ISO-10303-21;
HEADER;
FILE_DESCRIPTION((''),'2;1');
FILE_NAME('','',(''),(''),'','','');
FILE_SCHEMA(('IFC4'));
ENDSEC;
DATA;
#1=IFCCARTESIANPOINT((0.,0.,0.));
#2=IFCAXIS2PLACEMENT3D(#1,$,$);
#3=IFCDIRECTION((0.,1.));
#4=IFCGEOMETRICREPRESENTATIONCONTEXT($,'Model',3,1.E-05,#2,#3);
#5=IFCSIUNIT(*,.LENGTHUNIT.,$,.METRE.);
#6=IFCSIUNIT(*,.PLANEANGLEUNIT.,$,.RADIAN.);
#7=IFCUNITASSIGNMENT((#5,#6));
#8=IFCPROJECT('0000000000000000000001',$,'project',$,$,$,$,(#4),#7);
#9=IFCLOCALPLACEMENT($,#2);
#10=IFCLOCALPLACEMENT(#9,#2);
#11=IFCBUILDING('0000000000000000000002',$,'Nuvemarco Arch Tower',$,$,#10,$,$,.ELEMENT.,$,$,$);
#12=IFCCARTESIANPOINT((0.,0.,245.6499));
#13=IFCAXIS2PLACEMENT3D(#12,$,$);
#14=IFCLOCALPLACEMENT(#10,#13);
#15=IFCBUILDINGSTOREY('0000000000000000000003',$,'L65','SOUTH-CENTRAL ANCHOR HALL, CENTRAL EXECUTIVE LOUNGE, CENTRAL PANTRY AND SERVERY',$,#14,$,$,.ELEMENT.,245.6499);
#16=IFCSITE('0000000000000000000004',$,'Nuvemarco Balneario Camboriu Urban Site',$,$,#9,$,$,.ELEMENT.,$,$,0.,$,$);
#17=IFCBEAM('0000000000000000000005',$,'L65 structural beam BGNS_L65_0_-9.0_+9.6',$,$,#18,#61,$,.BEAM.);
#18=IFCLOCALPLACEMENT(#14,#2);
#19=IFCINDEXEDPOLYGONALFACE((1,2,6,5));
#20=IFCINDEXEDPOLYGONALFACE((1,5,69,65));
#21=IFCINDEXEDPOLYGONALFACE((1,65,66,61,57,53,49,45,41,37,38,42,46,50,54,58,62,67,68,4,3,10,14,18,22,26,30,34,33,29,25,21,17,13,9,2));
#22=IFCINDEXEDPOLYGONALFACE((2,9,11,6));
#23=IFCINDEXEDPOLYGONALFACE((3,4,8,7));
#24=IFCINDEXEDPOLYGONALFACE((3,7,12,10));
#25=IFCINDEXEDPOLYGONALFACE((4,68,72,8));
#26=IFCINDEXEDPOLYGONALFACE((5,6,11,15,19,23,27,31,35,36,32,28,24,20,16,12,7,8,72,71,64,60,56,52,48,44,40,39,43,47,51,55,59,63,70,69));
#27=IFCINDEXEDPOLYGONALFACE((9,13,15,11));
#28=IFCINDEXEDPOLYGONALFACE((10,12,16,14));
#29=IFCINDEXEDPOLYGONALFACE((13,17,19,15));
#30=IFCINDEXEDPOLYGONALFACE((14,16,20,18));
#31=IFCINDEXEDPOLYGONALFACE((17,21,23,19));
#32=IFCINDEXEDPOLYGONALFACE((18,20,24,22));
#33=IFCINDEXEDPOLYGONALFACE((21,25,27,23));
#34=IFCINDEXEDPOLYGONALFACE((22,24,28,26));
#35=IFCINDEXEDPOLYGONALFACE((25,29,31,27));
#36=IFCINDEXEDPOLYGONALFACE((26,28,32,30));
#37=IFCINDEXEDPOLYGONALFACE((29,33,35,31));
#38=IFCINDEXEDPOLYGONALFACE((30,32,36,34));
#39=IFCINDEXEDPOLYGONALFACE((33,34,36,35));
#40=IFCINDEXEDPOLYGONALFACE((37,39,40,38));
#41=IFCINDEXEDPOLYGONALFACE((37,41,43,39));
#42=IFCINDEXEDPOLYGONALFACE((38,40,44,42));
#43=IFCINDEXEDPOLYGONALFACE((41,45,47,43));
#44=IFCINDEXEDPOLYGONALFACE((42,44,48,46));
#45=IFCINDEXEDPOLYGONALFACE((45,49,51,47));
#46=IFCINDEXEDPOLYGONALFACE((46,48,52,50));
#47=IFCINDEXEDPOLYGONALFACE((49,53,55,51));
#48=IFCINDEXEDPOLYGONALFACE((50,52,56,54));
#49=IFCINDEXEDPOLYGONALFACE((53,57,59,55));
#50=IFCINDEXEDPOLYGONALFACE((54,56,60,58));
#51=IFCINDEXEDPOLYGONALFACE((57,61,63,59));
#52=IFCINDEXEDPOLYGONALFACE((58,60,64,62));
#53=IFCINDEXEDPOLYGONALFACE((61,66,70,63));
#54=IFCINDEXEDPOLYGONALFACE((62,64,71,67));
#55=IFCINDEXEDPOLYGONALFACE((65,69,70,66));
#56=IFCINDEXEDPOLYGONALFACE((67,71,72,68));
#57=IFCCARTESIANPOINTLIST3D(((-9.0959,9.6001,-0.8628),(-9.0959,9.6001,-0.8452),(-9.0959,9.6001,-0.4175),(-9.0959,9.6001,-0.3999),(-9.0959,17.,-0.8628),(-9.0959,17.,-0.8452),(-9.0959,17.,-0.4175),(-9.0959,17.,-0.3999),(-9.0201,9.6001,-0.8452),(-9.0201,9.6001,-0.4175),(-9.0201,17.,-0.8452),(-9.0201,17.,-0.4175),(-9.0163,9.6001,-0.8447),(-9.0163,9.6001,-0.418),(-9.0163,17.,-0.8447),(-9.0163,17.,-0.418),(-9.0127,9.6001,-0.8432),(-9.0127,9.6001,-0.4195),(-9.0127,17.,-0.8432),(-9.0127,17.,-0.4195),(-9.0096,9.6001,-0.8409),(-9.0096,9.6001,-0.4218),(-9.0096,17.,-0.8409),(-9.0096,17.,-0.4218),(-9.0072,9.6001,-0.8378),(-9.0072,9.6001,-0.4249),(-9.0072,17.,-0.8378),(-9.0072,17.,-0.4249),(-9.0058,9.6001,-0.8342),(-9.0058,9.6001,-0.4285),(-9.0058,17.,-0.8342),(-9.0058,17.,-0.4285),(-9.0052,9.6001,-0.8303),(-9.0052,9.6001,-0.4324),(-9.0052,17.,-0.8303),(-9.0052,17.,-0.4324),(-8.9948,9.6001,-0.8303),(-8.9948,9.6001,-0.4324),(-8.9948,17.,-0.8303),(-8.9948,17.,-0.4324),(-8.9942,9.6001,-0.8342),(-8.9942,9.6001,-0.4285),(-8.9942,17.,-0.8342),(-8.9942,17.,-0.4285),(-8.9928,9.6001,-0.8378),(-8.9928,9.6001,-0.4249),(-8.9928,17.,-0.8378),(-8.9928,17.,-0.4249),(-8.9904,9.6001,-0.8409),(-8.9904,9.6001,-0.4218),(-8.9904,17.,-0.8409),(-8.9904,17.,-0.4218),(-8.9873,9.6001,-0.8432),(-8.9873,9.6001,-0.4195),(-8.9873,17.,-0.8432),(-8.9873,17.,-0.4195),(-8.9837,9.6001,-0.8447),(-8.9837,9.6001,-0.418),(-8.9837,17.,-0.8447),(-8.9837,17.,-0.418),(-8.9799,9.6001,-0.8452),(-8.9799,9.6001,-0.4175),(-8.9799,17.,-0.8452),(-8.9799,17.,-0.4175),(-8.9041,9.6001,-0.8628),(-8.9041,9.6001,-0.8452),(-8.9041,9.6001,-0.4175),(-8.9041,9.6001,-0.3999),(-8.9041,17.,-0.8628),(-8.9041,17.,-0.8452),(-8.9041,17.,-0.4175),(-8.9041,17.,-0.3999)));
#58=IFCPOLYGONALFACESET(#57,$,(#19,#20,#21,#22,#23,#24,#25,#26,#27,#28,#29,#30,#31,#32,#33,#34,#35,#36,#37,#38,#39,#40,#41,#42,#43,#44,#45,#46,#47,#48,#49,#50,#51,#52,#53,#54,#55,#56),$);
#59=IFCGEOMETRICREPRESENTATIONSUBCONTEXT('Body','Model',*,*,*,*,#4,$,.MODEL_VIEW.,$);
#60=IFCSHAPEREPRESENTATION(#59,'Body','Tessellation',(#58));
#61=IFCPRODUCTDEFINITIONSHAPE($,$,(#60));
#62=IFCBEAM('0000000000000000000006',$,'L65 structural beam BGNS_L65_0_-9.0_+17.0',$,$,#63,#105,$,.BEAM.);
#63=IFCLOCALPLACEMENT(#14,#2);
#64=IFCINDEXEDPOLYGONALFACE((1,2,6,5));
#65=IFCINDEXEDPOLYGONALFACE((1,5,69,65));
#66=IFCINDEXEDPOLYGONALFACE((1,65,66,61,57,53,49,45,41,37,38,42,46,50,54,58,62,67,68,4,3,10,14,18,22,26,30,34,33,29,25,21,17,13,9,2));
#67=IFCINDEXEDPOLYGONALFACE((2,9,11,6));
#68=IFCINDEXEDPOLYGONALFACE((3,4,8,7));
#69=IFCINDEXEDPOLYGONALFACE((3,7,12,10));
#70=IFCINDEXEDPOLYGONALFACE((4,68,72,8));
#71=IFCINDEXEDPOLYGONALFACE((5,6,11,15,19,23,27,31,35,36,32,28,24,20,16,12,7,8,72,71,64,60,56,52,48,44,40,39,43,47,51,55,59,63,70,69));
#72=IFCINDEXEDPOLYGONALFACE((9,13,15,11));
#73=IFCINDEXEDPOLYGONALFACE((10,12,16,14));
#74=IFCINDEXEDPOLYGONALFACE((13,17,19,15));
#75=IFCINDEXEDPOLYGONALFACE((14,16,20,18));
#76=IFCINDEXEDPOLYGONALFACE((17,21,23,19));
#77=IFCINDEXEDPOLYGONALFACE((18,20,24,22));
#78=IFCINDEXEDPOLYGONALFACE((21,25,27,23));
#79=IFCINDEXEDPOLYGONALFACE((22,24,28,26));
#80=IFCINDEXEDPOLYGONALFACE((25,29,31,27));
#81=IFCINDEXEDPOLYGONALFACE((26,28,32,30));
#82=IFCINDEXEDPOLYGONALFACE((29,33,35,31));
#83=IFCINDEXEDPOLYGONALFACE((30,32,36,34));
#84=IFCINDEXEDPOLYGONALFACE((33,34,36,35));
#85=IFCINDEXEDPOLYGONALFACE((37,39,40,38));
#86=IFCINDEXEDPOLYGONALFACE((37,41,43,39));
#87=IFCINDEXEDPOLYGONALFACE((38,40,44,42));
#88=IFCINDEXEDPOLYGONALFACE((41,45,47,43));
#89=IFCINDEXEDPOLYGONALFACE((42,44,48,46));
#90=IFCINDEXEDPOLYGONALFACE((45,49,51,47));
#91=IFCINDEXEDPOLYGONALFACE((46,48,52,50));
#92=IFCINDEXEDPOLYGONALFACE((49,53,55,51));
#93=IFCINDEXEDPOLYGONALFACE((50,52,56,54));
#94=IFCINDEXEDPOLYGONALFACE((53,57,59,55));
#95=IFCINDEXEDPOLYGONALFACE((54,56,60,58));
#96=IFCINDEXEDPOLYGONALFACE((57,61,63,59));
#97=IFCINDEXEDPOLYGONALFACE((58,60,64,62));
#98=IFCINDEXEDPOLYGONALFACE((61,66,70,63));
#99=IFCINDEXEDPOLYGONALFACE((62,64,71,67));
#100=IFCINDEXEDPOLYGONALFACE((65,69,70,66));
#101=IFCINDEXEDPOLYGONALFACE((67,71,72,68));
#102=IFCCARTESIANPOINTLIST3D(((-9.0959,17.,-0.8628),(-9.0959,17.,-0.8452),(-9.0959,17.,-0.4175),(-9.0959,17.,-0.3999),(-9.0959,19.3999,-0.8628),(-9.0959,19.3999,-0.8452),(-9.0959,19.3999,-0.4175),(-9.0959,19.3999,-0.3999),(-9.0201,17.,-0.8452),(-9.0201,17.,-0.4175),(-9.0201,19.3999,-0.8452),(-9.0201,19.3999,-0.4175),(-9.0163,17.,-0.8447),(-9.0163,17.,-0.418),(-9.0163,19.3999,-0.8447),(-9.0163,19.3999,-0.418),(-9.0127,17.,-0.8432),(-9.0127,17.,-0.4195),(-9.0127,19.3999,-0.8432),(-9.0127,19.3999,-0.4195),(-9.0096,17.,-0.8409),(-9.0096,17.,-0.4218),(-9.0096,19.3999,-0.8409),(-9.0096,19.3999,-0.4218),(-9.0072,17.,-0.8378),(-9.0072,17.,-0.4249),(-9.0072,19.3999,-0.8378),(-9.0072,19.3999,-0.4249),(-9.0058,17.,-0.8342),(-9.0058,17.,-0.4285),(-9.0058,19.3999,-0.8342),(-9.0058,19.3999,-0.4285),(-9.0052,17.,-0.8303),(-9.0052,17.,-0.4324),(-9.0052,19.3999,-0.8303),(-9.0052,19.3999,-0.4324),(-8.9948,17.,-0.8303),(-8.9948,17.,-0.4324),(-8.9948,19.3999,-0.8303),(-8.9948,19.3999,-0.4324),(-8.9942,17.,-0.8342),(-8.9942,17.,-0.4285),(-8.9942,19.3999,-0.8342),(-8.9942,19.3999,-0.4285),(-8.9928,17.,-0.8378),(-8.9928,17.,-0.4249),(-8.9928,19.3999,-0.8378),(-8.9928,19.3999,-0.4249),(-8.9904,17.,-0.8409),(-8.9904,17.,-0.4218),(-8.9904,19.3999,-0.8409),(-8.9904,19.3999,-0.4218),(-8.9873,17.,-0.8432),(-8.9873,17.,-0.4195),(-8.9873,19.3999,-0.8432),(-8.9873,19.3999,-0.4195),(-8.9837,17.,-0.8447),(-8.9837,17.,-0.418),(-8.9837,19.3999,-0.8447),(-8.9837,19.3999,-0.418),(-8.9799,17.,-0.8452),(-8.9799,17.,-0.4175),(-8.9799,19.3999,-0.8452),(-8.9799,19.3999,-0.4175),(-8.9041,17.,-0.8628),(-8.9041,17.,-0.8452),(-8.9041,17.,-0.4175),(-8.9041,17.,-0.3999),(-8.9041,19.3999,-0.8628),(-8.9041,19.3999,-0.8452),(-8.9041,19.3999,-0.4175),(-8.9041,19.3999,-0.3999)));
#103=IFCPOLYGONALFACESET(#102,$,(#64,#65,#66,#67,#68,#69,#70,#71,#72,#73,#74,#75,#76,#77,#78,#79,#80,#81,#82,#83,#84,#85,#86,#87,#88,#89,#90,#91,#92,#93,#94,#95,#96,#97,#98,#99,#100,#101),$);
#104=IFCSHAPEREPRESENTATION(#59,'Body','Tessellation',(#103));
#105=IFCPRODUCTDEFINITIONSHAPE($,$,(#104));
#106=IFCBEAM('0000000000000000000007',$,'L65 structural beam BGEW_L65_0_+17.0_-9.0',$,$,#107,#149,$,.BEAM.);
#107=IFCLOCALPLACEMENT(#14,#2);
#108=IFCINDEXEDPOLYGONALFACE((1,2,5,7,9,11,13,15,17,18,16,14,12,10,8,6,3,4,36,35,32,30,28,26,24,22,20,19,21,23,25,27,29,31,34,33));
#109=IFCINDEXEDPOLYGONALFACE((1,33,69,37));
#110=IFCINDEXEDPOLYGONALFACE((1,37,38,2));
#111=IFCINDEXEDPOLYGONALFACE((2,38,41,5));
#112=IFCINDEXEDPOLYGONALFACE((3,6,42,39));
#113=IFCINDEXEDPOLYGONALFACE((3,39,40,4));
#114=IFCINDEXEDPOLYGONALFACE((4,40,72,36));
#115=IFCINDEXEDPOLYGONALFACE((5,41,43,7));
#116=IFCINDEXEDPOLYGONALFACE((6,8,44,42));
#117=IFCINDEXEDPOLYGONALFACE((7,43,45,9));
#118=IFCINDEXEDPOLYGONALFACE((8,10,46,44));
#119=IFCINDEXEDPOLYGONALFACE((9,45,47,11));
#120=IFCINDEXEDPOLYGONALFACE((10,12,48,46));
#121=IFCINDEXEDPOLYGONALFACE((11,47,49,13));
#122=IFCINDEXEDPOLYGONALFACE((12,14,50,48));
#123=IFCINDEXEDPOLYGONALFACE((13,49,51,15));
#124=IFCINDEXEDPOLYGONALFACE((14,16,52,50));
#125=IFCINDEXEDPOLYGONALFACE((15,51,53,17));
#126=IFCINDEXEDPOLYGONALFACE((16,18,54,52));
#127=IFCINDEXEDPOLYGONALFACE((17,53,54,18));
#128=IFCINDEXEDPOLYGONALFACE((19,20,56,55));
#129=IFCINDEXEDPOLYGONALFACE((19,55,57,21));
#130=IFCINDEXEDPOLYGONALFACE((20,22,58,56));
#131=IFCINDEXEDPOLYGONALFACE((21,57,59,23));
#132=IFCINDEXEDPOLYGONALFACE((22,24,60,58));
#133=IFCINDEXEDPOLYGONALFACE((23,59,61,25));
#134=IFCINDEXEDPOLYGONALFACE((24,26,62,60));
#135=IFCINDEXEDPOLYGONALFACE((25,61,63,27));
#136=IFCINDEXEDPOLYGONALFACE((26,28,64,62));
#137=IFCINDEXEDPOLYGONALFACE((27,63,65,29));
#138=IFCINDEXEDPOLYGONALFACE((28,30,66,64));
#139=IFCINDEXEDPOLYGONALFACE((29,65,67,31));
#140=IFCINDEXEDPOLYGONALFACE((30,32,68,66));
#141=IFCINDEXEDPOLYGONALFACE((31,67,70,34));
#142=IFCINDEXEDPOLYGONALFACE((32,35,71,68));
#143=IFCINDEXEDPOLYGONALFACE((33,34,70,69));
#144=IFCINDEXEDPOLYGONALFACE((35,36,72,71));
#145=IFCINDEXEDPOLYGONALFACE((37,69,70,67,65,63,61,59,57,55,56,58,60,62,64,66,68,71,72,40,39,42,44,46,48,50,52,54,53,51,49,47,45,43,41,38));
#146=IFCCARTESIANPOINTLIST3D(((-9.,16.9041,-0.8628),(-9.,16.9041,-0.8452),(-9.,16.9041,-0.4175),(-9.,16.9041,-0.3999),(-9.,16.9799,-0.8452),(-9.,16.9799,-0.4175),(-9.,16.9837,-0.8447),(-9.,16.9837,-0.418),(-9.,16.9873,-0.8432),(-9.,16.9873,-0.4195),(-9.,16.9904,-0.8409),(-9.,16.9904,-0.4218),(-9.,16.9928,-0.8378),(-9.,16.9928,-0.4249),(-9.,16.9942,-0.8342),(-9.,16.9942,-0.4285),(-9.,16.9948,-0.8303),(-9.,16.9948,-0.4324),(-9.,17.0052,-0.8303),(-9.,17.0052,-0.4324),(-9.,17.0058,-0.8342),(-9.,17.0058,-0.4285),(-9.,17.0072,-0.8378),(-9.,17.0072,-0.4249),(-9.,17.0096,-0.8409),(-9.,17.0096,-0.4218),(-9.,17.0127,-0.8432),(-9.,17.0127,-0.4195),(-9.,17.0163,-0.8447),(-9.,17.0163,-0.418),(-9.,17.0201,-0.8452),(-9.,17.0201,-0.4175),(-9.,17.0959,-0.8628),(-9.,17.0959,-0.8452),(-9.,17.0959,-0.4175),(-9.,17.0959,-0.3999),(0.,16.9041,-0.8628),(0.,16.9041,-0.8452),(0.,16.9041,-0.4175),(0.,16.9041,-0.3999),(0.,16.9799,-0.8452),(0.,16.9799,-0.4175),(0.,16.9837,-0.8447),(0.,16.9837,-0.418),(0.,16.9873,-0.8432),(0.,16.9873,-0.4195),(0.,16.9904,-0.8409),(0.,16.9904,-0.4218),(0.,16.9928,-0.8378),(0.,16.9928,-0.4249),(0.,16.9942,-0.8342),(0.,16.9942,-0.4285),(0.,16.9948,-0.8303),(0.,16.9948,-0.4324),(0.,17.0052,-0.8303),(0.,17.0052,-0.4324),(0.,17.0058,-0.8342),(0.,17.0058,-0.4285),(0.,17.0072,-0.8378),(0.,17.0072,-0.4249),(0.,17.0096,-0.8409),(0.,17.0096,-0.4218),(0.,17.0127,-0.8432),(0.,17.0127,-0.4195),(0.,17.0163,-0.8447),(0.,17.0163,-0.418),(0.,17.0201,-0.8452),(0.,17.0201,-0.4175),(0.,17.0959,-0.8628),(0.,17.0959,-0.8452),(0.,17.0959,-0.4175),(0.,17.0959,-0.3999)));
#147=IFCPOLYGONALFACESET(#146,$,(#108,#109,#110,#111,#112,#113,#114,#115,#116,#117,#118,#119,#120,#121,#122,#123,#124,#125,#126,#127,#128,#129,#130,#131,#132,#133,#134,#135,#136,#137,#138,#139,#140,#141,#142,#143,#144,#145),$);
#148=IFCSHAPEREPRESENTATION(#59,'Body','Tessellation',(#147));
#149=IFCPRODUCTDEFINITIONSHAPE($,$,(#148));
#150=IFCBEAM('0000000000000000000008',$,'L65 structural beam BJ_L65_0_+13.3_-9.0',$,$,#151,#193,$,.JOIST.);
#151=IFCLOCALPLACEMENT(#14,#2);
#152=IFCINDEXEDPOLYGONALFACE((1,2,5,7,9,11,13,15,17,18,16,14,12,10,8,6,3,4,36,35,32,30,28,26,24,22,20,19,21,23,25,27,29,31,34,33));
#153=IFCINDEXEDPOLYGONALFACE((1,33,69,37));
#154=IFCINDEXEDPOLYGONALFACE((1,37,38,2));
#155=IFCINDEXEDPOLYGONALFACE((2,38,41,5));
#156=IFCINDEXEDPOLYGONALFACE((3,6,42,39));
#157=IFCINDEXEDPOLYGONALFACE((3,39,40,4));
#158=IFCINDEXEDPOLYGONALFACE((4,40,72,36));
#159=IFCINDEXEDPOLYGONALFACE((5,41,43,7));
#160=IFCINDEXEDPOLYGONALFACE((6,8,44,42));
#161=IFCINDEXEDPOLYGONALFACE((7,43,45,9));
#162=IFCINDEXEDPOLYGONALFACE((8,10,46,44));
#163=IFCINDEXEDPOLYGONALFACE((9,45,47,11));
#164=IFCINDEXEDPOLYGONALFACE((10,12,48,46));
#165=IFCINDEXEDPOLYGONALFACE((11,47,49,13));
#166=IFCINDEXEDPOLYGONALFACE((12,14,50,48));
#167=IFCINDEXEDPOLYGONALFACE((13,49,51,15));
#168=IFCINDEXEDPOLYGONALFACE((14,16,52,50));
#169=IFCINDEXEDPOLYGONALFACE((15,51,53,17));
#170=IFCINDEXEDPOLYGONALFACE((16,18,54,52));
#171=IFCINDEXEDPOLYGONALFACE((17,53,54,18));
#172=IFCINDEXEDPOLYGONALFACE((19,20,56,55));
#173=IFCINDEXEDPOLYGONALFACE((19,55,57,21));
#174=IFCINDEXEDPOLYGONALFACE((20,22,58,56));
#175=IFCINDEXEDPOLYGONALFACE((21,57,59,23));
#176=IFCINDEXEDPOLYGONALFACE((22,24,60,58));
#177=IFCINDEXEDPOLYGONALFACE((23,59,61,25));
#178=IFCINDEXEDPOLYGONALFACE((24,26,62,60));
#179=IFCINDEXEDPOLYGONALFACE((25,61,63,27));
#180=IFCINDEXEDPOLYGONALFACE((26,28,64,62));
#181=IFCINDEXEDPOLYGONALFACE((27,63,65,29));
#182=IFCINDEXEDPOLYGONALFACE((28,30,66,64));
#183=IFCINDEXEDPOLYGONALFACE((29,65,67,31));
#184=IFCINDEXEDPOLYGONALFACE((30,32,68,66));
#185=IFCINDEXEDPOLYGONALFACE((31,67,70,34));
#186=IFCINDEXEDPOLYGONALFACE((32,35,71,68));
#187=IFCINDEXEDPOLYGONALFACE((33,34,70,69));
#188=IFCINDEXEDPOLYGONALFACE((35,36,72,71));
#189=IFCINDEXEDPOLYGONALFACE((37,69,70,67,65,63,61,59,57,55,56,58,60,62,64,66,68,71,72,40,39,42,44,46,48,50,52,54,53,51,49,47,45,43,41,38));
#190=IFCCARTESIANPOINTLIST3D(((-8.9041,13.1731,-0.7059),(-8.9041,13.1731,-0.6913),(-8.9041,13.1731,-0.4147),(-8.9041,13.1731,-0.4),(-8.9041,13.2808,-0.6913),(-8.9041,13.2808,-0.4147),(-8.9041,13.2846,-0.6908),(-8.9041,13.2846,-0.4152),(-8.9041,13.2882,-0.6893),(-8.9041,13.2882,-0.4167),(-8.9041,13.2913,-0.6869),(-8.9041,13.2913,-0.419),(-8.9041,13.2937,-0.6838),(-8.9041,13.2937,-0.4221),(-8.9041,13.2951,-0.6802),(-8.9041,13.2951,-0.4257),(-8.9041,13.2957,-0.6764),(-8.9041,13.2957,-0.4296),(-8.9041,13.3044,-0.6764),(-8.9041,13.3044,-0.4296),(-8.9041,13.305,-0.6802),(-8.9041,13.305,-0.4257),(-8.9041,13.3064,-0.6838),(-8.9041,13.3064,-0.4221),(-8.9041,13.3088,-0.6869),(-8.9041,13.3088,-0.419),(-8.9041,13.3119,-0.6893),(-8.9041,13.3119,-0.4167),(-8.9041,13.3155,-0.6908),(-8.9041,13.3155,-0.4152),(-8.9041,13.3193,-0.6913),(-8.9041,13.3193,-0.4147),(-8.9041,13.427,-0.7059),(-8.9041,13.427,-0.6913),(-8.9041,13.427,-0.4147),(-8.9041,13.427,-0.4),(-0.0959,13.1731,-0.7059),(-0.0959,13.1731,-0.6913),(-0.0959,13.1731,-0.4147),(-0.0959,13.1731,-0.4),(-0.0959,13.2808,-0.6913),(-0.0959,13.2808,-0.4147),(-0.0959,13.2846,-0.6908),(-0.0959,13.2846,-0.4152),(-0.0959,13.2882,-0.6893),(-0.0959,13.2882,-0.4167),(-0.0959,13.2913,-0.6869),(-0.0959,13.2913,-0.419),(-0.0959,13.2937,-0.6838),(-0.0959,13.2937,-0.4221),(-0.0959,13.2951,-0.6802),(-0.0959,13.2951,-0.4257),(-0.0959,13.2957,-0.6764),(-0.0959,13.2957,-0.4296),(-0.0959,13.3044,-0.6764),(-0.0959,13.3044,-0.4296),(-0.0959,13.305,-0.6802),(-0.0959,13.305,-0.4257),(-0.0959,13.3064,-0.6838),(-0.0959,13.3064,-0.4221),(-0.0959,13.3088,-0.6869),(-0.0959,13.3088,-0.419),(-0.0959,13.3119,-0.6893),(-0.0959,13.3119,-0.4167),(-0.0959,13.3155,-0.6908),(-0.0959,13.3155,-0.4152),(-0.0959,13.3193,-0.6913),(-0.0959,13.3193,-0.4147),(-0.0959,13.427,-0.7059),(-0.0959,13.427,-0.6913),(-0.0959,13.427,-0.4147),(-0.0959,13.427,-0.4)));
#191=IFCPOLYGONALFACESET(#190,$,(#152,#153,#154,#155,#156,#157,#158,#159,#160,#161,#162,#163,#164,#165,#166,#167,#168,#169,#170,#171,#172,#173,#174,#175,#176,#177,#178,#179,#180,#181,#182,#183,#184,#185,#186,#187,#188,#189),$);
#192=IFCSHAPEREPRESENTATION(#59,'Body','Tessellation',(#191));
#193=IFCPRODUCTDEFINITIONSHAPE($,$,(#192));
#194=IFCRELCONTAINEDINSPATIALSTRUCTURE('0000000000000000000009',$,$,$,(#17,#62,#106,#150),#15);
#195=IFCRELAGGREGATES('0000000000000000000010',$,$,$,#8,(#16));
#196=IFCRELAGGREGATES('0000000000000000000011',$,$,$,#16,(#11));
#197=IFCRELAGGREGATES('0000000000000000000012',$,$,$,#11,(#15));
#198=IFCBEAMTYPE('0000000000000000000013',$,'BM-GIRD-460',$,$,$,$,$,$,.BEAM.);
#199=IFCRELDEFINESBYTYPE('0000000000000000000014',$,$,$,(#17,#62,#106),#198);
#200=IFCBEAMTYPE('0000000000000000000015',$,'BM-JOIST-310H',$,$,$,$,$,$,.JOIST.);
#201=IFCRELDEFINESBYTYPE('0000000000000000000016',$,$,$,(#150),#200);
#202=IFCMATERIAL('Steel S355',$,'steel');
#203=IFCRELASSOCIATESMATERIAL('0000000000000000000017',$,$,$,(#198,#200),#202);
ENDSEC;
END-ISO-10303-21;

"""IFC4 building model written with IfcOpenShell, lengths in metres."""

from ifc_helpers import new_model, si_unit, direction, frame, origin, origin_2d, place, context, subcontext, project, spatial, i_section, extrude, material, material_profile, profile_set, type_object, element, save


model = new_model("IFC4")

# Units and contexts
model_context = context("Model", 3, precision=1e-05, world=origin(), true_north=direction((0.0, 1.0)))
body_context = subcontext(model_context, "Body", "Model", "MODEL_VIEW")
ifc_project = project(units=[si_unit("LENGTHUNIT", "METRE"), si_unit("PLANEANGLEUNIT", "RADIAN")], contexts=[model_context])

# Site, building, storey
site_placement = place(None, origin())
site = spatial("IfcSite", under=ifc_project, at=site_placement, Name="Nuvemarco Balneario Camboriu Urban Site", CompositionType="ELEMENT", RefElevation=0.0)
building_placement = place(site_placement, origin())
building = spatial("IfcBuilding", under=site, at=building_placement, Name="Nuvemarco Arch Tower", CompositionType="ELEMENT")
storey_placement = place(building_placement, frame((0.0, 0.0, 245.6499)))
storey = spatial("IfcBuildingStorey", under=building, at=storey_placement, Name="L65", Description="SOUTH-CENTRAL ANCHOR HALL, CENTRAL EXECUTIVE LOUNGE, CENTRAL PANTRY AND SERVERY", CompositionType="ELEMENT", Elevation=245.6499)

# Shared definitions
ifc_material_1 = material(Name="Steel S355", Category="steel")

# Beams
ifc_material_profile_1 = material_profile(ifc_material_1, i_section(OverallWidth=0.1919, OverallDepth=0.4629, WebThickness=0.0105, FlangeThickness=0.0176, FilletRadius=0.0149, at=origin_2d()), Name="W460x89")
ifc_profile_set_1 = profile_set([ifc_material_profile_1], Name="Steel S355")
beam_type_1 = type_object("IfcBeamType", Name="BM-GIRD-460", PredefinedType="BEAM", material=ifc_profile_set_1)
beam_1_placement = place(storey_placement, frame((-9.0, 9.6001, -0.6313), z_axis=(0.0, 1.0, 0.0), x_axis=(-1.0, 0.0, 0.0)))
element("IfcBeam", 1, at=beam_1_placement, inside=storey, type_object=beam_type_1, Name="L65 structural beam BGNS_L65_0_-9.0_+9.6", PredefinedType="BEAM", context=body_context, shape_type="SweptSolid", body=[
    extrude(i_section(OverallWidth=0.1919, OverallDepth=0.4629, WebThickness=0.0105, FlangeThickness=0.0176, FilletRadius=0.0149, at=origin_2d()), origin(), (0.0, 0.0, 1.0), 7.3999),
])
beam_2_placement = place(storey_placement, frame((-9.0, 17.0, -0.6313), z_axis=(0.0, 1.0, 0.0), x_axis=(-1.0, 0.0, 0.0)))
element("IfcBeam", 2, at=beam_2_placement, inside=storey, type_object=beam_type_1, Name="L65 structural beam BGNS_L65_0_-9.0_+17.0", PredefinedType="BEAM", context=body_context, shape_type="SweptSolid", body=[
    extrude(i_section(OverallWidth=0.1919, OverallDepth=0.4629, WebThickness=0.0105, FlangeThickness=0.0176, FilletRadius=0.0149, at=origin_2d()), origin(), (0.0, 0.0, 1.0), 2.3999),
])
beam_3_placement = place(storey_placement, frame((-9.0, 17.0, -0.6313), z_axis=(1.0, 0.0, 0.0), x_axis=(0.0, 1.0, 0.0)))
element("IfcBeam", 3, at=beam_3_placement, inside=storey, type_object=beam_type_1, Name="L65 structural beam BGEW_L65_0_+17.0_-9.0", PredefinedType="BEAM", context=body_context, shape_type="SweptSolid", body=[
    extrude(i_section(OverallWidth=0.1919, OverallDepth=0.4629, WebThickness=0.0105, FlangeThickness=0.0176, FilletRadius=0.0149, at=origin_2d()), origin(), (0.0, 0.0, 1.0), 9.0),
])
ifc_material_profile_2 = material_profile(ifc_material_1, i_section(OverallWidth=0.2539, OverallDepth=0.3059, WebThickness=0.0088, FlangeThickness=0.0146, FilletRadius=0.0149, at=origin_2d()), Name="W310x79")
ifc_profile_set_2 = profile_set([ifc_material_profile_2], Name="Steel S355")
beam_type_2 = type_object("IfcBeamType", Name="BM-JOIST-310H", PredefinedType="JOIST", material=ifc_profile_set_2)
beam_4_placement = place(storey_placement, frame((-8.9041, 13.3, -0.553), z_axis=(1.0, 0.0, 0.0), x_axis=(0.0, 1.0, 0.0)))
element("IfcBeam", 4, at=beam_4_placement, inside=storey, type_object=beam_type_2, Name="L65 structural beam BJ_L65_0_+13.3_-9.0", PredefinedType="JOIST", context=body_context, shape_type="SweptSolid", body=[
    extrude(i_section(OverallWidth=0.2539, OverallDepth=0.3059, WebThickness=0.0088, FlangeThickness=0.0146, FilletRadius=0.0149, at=origin_2d()), origin(), (0.0, 0.0, 1.0), 8.8081),
])

save(model, "model.ifc")
